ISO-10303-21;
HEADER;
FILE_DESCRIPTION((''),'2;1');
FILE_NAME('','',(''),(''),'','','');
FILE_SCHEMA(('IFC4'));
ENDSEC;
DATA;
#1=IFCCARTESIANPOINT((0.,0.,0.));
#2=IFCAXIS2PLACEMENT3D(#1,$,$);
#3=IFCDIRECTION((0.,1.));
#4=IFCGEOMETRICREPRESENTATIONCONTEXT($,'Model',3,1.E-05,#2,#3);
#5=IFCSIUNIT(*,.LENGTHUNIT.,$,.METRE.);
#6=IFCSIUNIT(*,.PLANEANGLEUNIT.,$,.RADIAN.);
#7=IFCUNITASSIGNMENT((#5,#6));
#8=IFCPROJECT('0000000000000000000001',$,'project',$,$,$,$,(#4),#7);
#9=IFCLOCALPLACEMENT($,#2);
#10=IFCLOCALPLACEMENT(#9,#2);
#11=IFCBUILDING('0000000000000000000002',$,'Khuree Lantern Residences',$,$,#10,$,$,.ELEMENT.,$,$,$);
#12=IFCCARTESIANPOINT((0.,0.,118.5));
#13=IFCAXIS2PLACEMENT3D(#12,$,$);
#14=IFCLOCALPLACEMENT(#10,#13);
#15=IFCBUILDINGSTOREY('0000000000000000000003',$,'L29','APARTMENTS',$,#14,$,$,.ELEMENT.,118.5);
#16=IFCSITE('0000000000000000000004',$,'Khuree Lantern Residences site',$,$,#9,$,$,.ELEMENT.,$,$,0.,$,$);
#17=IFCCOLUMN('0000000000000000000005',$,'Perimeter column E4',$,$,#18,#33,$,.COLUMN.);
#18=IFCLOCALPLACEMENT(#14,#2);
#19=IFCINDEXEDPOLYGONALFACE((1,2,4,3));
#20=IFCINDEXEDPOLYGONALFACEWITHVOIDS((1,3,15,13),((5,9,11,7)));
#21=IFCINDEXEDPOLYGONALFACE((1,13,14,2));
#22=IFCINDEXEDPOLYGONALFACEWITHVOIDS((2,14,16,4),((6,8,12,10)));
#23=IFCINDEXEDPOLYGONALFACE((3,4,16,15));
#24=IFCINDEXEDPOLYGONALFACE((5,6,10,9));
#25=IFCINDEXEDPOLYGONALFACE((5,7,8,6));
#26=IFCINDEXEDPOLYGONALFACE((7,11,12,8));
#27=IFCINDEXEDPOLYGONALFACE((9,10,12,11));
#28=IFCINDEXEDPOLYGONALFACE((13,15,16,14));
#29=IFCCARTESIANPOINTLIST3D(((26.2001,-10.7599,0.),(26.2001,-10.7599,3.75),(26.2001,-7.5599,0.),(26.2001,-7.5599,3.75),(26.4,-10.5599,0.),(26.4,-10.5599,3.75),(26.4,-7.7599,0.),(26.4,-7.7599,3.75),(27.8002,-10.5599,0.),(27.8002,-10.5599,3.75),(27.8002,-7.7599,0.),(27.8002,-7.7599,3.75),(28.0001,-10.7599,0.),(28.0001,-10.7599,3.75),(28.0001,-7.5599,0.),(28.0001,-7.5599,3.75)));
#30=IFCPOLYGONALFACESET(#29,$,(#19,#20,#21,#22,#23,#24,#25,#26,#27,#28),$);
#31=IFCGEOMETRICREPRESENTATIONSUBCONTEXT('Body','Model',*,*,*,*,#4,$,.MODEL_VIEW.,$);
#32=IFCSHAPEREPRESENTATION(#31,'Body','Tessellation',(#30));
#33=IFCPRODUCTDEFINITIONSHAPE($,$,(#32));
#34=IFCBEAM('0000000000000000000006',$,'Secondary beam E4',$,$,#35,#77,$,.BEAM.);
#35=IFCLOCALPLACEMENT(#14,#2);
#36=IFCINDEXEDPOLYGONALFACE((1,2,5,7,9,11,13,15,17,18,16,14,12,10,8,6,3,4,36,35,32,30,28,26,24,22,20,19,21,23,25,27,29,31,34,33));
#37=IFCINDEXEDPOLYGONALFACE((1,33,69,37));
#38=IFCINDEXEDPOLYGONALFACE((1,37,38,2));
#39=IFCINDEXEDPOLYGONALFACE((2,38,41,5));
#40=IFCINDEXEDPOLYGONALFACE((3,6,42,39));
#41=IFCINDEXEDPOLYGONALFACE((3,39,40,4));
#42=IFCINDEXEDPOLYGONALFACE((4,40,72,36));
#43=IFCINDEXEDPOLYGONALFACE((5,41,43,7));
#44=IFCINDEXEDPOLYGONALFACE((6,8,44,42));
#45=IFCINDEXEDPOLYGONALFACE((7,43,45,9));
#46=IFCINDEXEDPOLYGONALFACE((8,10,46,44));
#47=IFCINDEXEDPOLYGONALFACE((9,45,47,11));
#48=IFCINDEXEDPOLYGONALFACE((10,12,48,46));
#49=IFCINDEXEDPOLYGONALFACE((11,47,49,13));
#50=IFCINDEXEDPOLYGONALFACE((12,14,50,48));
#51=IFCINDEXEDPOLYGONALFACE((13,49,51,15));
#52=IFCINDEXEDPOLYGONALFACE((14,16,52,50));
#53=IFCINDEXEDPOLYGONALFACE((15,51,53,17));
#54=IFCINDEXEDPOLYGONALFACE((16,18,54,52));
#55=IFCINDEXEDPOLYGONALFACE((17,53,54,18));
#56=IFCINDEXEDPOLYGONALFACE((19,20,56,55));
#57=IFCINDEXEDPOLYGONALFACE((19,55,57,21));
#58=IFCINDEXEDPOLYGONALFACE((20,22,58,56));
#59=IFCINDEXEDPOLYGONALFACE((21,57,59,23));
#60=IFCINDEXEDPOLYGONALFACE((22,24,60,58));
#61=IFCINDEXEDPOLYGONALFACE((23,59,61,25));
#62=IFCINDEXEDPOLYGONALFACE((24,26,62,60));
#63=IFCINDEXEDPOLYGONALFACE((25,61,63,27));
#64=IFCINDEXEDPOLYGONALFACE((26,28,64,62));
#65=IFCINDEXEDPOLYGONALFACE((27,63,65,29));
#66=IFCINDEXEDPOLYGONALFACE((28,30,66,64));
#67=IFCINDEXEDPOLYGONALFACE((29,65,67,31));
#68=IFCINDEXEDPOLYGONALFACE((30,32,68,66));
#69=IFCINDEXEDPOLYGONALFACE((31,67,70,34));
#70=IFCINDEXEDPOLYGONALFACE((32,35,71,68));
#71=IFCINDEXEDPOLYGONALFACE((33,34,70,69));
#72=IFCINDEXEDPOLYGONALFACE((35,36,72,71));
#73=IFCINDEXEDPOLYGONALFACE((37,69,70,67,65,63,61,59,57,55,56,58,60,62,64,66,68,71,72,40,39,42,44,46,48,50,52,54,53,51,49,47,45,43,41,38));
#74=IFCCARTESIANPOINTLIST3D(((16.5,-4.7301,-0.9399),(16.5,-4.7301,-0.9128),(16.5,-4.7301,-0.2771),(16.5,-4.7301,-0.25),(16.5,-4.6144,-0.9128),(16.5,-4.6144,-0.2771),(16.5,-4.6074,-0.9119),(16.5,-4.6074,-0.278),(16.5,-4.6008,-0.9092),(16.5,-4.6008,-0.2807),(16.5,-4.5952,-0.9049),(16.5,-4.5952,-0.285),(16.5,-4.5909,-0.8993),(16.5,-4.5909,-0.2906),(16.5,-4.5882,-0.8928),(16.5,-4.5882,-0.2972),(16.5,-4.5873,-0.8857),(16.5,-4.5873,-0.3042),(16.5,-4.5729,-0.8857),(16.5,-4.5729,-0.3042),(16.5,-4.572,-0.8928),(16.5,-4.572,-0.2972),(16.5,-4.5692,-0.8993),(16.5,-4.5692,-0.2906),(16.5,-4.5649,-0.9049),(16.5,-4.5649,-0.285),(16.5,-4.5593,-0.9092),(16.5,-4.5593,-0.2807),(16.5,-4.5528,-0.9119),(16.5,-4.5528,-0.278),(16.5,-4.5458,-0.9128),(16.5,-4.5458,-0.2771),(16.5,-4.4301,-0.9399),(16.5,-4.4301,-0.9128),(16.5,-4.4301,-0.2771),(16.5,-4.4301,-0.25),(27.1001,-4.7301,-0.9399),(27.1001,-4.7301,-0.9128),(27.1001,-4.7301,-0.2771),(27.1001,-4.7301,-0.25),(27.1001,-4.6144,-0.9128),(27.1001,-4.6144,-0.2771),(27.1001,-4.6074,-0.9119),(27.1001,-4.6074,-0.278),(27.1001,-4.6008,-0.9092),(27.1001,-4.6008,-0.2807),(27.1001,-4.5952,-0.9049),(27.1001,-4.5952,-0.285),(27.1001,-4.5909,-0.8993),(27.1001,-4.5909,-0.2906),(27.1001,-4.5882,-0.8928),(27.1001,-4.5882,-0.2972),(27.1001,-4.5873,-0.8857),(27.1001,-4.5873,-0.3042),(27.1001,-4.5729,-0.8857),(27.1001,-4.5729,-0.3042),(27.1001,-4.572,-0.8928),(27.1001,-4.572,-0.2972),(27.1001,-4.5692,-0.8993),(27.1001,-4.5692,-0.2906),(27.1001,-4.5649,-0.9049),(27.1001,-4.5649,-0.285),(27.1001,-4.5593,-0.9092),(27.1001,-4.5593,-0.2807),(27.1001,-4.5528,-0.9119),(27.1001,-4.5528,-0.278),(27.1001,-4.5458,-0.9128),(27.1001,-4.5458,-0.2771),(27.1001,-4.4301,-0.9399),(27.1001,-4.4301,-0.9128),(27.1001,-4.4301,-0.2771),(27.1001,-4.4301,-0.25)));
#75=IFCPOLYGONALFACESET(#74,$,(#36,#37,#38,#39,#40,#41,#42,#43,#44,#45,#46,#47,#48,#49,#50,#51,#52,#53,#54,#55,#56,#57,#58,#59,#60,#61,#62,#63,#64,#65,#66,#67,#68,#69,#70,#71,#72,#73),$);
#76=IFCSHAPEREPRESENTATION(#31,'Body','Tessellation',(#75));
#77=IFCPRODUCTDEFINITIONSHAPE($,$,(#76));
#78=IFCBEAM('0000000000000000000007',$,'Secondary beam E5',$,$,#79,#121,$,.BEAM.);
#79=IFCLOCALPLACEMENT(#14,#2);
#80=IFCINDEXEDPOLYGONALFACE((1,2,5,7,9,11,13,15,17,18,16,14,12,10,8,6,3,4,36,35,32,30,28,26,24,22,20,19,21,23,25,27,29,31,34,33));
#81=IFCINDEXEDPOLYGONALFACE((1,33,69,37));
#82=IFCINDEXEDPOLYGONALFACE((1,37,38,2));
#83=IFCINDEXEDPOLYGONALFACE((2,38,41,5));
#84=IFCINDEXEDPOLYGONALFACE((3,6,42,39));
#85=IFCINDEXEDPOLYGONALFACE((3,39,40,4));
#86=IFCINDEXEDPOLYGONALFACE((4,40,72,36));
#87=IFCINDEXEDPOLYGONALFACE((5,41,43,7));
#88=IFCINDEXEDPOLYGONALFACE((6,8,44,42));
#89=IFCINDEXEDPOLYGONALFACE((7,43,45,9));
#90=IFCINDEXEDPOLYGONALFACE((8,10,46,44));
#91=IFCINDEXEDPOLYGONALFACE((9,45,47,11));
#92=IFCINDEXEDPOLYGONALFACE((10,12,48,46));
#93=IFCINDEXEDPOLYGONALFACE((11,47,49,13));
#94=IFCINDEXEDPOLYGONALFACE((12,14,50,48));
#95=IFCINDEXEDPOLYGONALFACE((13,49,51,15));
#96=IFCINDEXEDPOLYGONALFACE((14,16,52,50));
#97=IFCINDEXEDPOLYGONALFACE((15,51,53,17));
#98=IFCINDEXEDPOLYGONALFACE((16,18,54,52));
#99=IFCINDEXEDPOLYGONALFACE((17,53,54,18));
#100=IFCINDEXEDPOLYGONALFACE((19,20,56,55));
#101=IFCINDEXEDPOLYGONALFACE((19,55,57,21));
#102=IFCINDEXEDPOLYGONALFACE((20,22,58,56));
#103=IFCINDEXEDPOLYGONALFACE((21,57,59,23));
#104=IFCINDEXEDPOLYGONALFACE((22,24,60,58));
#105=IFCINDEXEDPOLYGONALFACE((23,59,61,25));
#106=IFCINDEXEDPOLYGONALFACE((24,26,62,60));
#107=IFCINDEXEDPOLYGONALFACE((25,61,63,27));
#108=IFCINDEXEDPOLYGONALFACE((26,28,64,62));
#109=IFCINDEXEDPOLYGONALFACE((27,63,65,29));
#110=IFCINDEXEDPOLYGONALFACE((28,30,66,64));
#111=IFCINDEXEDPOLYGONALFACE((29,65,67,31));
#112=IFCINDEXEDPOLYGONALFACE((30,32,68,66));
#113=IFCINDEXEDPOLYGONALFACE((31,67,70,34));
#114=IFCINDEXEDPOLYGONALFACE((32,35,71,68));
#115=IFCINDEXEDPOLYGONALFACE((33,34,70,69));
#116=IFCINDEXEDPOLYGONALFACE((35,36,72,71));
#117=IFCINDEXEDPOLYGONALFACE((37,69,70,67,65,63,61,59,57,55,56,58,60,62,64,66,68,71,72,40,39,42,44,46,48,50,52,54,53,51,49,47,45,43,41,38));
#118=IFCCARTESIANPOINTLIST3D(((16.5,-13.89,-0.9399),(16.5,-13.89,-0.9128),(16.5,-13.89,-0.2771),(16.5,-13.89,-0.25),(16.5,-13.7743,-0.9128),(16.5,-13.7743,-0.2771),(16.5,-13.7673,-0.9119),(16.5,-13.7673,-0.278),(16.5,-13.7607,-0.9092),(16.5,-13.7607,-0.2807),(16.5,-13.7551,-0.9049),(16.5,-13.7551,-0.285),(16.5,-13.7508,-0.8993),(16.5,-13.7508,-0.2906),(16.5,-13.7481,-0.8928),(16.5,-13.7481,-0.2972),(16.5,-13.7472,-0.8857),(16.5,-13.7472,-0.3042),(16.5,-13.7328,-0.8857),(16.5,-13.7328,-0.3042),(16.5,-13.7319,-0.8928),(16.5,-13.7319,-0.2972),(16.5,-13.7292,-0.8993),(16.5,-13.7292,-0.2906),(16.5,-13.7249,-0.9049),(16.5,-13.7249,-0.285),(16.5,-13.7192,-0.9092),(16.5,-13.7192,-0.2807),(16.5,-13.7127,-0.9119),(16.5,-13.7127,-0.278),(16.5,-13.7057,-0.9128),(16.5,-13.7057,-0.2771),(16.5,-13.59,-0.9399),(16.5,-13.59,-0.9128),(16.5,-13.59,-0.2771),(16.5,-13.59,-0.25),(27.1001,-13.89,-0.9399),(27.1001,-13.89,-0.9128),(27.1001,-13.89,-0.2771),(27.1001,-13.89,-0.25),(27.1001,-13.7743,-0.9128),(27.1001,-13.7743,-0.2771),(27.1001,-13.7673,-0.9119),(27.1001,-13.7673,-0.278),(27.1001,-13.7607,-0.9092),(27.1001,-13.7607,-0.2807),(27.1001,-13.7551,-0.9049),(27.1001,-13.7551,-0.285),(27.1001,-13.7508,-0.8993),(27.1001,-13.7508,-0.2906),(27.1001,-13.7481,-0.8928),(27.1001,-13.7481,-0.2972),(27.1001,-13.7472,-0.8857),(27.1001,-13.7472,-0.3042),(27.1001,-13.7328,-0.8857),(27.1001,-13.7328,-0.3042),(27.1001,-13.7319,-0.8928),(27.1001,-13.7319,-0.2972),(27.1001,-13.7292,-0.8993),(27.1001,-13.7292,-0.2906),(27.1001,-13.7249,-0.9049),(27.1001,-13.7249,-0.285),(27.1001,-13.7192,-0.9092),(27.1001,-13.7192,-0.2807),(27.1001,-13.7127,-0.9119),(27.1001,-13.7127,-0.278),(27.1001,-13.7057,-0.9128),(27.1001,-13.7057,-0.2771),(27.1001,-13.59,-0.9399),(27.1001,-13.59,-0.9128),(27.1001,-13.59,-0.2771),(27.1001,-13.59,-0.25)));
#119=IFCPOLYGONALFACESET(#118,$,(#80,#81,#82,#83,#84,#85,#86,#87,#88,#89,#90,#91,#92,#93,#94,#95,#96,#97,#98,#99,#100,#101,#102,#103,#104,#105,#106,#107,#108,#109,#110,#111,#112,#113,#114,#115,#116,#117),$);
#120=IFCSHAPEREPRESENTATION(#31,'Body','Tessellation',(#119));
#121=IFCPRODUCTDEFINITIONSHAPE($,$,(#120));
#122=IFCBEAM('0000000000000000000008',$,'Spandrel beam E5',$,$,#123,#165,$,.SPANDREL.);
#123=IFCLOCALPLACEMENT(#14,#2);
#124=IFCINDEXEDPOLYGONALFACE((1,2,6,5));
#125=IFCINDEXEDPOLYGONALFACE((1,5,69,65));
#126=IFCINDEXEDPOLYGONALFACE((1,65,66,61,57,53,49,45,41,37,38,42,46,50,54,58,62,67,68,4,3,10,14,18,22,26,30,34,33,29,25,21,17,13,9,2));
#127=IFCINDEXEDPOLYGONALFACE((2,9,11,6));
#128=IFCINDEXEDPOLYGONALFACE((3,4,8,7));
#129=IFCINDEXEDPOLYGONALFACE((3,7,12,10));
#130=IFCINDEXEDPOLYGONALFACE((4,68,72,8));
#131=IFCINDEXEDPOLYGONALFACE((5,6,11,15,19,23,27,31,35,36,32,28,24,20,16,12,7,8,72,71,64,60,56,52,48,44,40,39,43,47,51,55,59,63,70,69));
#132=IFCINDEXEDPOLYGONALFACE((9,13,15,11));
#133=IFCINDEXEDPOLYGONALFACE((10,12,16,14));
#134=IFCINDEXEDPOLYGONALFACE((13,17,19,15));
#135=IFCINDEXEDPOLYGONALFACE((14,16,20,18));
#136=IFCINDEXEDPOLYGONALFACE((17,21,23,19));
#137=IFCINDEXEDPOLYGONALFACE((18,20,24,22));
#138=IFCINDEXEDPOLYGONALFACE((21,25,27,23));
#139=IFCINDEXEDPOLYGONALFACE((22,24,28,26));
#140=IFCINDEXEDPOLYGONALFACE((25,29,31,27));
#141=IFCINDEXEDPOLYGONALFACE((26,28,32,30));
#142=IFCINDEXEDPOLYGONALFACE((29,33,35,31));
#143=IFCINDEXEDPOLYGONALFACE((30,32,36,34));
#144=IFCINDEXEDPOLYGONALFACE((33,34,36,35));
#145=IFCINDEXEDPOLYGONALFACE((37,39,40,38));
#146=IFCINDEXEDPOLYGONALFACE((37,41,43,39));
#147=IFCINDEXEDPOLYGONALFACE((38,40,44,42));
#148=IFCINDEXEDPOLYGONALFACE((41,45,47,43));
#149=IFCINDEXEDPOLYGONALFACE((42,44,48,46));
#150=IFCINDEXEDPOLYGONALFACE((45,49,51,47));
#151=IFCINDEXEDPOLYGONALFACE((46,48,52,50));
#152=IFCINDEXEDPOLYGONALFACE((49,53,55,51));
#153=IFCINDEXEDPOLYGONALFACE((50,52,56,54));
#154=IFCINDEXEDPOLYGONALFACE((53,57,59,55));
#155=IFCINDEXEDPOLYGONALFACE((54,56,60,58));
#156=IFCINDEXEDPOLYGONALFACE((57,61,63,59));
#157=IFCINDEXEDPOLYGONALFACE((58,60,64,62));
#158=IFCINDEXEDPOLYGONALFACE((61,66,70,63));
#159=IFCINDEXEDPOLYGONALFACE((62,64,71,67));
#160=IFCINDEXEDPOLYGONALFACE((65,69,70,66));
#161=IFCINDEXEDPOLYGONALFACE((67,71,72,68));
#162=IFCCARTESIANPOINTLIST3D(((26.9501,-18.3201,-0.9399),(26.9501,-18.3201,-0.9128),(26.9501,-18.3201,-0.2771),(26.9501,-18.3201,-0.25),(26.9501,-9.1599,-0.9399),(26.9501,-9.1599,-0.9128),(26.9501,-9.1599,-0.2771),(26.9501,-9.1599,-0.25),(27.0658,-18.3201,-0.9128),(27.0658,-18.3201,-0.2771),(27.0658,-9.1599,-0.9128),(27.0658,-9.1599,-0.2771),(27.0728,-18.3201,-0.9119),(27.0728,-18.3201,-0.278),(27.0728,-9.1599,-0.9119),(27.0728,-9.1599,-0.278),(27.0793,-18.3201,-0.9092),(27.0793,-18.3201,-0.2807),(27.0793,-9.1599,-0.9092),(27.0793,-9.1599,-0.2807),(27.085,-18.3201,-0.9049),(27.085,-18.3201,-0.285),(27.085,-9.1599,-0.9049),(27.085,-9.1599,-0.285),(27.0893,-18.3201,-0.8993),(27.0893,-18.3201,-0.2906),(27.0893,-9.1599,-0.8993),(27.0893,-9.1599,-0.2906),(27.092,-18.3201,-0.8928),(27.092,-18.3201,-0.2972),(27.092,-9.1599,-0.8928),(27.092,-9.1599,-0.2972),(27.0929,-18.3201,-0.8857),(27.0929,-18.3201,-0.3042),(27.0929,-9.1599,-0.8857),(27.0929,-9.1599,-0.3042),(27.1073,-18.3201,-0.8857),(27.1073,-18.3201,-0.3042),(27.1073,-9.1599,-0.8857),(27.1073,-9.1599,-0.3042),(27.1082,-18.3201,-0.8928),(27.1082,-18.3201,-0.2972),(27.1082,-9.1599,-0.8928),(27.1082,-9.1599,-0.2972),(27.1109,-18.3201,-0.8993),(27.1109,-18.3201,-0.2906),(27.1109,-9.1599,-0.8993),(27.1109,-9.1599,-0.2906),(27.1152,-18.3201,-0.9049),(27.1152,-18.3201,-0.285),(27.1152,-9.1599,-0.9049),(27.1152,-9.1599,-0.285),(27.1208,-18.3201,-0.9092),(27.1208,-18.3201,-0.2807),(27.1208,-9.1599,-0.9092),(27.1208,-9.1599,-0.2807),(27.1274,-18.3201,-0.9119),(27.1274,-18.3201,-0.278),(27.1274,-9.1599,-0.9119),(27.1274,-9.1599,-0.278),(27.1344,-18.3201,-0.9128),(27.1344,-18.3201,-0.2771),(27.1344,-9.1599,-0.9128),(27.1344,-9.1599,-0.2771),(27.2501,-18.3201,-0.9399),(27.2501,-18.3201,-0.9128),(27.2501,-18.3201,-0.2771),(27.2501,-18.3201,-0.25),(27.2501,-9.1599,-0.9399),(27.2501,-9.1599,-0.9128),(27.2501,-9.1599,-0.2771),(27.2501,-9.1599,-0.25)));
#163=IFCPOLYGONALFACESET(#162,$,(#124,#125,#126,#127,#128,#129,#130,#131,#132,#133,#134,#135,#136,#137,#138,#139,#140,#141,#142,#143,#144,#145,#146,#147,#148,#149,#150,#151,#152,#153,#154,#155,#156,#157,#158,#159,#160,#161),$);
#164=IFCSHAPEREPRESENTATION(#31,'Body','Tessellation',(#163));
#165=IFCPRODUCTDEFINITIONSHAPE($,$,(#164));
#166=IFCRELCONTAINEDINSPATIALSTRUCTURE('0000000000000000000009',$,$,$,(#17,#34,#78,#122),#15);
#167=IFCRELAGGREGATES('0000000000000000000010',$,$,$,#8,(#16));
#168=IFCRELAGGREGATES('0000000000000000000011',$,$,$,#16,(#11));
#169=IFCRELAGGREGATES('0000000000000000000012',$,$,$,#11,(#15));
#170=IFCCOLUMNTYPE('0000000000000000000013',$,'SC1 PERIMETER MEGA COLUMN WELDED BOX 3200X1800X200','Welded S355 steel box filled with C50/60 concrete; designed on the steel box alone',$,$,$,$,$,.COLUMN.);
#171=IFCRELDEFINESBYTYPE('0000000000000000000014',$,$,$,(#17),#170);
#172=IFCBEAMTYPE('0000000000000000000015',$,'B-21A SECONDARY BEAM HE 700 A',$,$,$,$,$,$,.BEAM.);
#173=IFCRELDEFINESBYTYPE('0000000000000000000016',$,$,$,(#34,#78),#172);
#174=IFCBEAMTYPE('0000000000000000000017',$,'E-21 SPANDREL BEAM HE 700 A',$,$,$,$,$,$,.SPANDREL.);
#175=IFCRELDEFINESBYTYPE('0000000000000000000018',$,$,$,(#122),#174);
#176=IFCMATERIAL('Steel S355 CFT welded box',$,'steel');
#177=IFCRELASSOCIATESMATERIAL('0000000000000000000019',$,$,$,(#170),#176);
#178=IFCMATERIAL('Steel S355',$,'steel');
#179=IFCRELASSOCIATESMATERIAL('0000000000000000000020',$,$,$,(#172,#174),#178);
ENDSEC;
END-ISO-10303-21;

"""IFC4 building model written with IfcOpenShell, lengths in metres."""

from ifc_helpers import new_model, si_unit, direction, frame, origin, origin_2d, place, context, subcontext, project, spatial, hollow_rectangle, i_section, extrude, material, material_profile, profile_set, type_object, element, save


model = new_model("IFC4")

# Units and contexts
model_context = context("Model", 3, precision=1e-05, world=origin(), true_north=direction((0.0, 1.0)))
body_context = subcontext(model_context, "Body", "Model", "MODEL_VIEW")
ifc_project = project(units=[si_unit("LENGTHUNIT", "METRE"), si_unit("PLANEANGLEUNIT", "RADIAN")], contexts=[model_context])

# Site, building, storey
site_placement = place(None, origin())
site = spatial("IfcSite", under=ifc_project, at=site_placement, Name="Khuree Lantern Residences site", CompositionType="ELEMENT", RefElevation=0.0)
building_placement = place(site_placement, origin())
building = spatial("IfcBuilding", under=site, at=building_placement, Name="Khuree Lantern Residences", CompositionType="ELEMENT")
storey_placement = place(building_placement, frame((0.0, 0.0, 118.5)))
storey = spatial("IfcBuildingStorey", under=building, at=storey_placement, Name="L29", Description="APARTMENTS", CompositionType="ELEMENT", Elevation=118.5)

# Column
ifc_material_1 = material(Name="Steel S355 CFT welded box", Category="steel")
ifc_material_profile_1 = material_profile(ifc_material_1, hollow_rectangle(XDim=3.2, YDim=1.8, WallThickness=0.2, at=origin_2d()), Name="WELDED BOX 3200X1800X200")
ifc_profile_set_1 = profile_set([ifc_material_profile_1], Name="Steel S355 CFT welded box")
column_type = type_object("IfcColumnType", Name="SC1 PERIMETER MEGA COLUMN WELDED BOX 3200X1800X200", Description="Welded S355 steel box filled with C50/60 concrete; designed on the steel box alone", PredefinedType="COLUMN", material=ifc_profile_set_1)
column_placement = place(storey_placement, frame((27.1001, -9.1599, 0.0), z_axis=(0.0, 0.0, 1.0), x_axis=(0.0, 1.0, 0.0)))
element("IfcColumn", 1, at=column_placement, inside=storey, type_object=column_type, Name="Perimeter column E4", PredefinedType="COLUMN", context=body_context, shape_type="SweptSolid", body=[
    extrude(hollow_rectangle(XDim=3.2, YDim=1.8, WallThickness=0.2, at=origin_2d()), origin(), (0.0, 0.0, 1.0), 3.75),
])

# Beams
ifc_material_2 = material(Name="Steel S355", Category="steel")
ifc_material_profile_2 = material_profile(ifc_material_2, i_section(OverallWidth=0.3, OverallDepth=0.6899, WebThickness=0.0144, FlangeThickness=0.0271, FilletRadius=0.0271, at=origin_2d()), Name="HE 700 A")
ifc_profile_set_2 = profile_set([ifc_material_profile_2], Name="Steel S355")
beam_type_1 = type_object("IfcBeamType", Name="B-21A SECONDARY BEAM HE 700 A", PredefinedType="BEAM", material=ifc_profile_set_2)
for number, where, z_axis, x_axis, name in (
    (2, (27.1001, -4.5801, -0.595), (-1.0, 0.0, 0.0), (0.0, -1.0, 0.0), "Secondary beam E4"),
    (3, (27.1001, -13.74, -0.595), (-1.0, 0.0, 0.0), (0.0, -1.0, 0.0), "Secondary beam E5"),
):
    element("IfcBeam", number, at=place(storey_placement, frame(where, z_axis=z_axis, x_axis=x_axis)), inside=storey, type_object=beam_type_1, Name=name, PredefinedType="BEAM", context=body_context, shape_type="SweptSolid", body=[
        extrude(i_section(OverallWidth=0.3, OverallDepth=0.6899, WebThickness=0.0144, FlangeThickness=0.0271, FilletRadius=0.0271, at=origin_2d()), origin(), (0.0, 0.0, 1.0), 10.6001),
    ])
ifc_material_profile_3 = material_profile(ifc_material_2, i_section(OverallWidth=0.3, OverallDepth=0.6899, WebThickness=0.0144, FlangeThickness=0.0271, FilletRadius=0.0271, at=origin_2d()), Name="HE 700 A")
ifc_profile_set_3 = profile_set([ifc_material_profile_3], Name="Steel S355")
beam_type_2 = type_object("IfcBeamType", Name="E-21 SPANDREL BEAM HE 700 A", PredefinedType="SPANDREL", material=ifc_profile_set_3)
beam_1_placement = place(storey_placement, frame((27.1001, -9.1599, -0.595), z_axis=(0.0, -1.0, 0.0), x_axis=(1.0, 0.0, 0.0)))
element("IfcBeam", 4, at=beam_1_placement, inside=storey, type_object=beam_type_2, Name="Spandrel beam E5", PredefinedType="SPANDREL", context=body_context, shape_type="SweptSolid", body=[
    extrude(i_section(OverallWidth=0.3, OverallDepth=0.6899, WebThickness=0.0144, FlangeThickness=0.0271, FilletRadius=0.0271, at=origin_2d()), origin(), (0.0, 0.0, 1.0), 9.1602),
])

save(model, "model.ifc")
